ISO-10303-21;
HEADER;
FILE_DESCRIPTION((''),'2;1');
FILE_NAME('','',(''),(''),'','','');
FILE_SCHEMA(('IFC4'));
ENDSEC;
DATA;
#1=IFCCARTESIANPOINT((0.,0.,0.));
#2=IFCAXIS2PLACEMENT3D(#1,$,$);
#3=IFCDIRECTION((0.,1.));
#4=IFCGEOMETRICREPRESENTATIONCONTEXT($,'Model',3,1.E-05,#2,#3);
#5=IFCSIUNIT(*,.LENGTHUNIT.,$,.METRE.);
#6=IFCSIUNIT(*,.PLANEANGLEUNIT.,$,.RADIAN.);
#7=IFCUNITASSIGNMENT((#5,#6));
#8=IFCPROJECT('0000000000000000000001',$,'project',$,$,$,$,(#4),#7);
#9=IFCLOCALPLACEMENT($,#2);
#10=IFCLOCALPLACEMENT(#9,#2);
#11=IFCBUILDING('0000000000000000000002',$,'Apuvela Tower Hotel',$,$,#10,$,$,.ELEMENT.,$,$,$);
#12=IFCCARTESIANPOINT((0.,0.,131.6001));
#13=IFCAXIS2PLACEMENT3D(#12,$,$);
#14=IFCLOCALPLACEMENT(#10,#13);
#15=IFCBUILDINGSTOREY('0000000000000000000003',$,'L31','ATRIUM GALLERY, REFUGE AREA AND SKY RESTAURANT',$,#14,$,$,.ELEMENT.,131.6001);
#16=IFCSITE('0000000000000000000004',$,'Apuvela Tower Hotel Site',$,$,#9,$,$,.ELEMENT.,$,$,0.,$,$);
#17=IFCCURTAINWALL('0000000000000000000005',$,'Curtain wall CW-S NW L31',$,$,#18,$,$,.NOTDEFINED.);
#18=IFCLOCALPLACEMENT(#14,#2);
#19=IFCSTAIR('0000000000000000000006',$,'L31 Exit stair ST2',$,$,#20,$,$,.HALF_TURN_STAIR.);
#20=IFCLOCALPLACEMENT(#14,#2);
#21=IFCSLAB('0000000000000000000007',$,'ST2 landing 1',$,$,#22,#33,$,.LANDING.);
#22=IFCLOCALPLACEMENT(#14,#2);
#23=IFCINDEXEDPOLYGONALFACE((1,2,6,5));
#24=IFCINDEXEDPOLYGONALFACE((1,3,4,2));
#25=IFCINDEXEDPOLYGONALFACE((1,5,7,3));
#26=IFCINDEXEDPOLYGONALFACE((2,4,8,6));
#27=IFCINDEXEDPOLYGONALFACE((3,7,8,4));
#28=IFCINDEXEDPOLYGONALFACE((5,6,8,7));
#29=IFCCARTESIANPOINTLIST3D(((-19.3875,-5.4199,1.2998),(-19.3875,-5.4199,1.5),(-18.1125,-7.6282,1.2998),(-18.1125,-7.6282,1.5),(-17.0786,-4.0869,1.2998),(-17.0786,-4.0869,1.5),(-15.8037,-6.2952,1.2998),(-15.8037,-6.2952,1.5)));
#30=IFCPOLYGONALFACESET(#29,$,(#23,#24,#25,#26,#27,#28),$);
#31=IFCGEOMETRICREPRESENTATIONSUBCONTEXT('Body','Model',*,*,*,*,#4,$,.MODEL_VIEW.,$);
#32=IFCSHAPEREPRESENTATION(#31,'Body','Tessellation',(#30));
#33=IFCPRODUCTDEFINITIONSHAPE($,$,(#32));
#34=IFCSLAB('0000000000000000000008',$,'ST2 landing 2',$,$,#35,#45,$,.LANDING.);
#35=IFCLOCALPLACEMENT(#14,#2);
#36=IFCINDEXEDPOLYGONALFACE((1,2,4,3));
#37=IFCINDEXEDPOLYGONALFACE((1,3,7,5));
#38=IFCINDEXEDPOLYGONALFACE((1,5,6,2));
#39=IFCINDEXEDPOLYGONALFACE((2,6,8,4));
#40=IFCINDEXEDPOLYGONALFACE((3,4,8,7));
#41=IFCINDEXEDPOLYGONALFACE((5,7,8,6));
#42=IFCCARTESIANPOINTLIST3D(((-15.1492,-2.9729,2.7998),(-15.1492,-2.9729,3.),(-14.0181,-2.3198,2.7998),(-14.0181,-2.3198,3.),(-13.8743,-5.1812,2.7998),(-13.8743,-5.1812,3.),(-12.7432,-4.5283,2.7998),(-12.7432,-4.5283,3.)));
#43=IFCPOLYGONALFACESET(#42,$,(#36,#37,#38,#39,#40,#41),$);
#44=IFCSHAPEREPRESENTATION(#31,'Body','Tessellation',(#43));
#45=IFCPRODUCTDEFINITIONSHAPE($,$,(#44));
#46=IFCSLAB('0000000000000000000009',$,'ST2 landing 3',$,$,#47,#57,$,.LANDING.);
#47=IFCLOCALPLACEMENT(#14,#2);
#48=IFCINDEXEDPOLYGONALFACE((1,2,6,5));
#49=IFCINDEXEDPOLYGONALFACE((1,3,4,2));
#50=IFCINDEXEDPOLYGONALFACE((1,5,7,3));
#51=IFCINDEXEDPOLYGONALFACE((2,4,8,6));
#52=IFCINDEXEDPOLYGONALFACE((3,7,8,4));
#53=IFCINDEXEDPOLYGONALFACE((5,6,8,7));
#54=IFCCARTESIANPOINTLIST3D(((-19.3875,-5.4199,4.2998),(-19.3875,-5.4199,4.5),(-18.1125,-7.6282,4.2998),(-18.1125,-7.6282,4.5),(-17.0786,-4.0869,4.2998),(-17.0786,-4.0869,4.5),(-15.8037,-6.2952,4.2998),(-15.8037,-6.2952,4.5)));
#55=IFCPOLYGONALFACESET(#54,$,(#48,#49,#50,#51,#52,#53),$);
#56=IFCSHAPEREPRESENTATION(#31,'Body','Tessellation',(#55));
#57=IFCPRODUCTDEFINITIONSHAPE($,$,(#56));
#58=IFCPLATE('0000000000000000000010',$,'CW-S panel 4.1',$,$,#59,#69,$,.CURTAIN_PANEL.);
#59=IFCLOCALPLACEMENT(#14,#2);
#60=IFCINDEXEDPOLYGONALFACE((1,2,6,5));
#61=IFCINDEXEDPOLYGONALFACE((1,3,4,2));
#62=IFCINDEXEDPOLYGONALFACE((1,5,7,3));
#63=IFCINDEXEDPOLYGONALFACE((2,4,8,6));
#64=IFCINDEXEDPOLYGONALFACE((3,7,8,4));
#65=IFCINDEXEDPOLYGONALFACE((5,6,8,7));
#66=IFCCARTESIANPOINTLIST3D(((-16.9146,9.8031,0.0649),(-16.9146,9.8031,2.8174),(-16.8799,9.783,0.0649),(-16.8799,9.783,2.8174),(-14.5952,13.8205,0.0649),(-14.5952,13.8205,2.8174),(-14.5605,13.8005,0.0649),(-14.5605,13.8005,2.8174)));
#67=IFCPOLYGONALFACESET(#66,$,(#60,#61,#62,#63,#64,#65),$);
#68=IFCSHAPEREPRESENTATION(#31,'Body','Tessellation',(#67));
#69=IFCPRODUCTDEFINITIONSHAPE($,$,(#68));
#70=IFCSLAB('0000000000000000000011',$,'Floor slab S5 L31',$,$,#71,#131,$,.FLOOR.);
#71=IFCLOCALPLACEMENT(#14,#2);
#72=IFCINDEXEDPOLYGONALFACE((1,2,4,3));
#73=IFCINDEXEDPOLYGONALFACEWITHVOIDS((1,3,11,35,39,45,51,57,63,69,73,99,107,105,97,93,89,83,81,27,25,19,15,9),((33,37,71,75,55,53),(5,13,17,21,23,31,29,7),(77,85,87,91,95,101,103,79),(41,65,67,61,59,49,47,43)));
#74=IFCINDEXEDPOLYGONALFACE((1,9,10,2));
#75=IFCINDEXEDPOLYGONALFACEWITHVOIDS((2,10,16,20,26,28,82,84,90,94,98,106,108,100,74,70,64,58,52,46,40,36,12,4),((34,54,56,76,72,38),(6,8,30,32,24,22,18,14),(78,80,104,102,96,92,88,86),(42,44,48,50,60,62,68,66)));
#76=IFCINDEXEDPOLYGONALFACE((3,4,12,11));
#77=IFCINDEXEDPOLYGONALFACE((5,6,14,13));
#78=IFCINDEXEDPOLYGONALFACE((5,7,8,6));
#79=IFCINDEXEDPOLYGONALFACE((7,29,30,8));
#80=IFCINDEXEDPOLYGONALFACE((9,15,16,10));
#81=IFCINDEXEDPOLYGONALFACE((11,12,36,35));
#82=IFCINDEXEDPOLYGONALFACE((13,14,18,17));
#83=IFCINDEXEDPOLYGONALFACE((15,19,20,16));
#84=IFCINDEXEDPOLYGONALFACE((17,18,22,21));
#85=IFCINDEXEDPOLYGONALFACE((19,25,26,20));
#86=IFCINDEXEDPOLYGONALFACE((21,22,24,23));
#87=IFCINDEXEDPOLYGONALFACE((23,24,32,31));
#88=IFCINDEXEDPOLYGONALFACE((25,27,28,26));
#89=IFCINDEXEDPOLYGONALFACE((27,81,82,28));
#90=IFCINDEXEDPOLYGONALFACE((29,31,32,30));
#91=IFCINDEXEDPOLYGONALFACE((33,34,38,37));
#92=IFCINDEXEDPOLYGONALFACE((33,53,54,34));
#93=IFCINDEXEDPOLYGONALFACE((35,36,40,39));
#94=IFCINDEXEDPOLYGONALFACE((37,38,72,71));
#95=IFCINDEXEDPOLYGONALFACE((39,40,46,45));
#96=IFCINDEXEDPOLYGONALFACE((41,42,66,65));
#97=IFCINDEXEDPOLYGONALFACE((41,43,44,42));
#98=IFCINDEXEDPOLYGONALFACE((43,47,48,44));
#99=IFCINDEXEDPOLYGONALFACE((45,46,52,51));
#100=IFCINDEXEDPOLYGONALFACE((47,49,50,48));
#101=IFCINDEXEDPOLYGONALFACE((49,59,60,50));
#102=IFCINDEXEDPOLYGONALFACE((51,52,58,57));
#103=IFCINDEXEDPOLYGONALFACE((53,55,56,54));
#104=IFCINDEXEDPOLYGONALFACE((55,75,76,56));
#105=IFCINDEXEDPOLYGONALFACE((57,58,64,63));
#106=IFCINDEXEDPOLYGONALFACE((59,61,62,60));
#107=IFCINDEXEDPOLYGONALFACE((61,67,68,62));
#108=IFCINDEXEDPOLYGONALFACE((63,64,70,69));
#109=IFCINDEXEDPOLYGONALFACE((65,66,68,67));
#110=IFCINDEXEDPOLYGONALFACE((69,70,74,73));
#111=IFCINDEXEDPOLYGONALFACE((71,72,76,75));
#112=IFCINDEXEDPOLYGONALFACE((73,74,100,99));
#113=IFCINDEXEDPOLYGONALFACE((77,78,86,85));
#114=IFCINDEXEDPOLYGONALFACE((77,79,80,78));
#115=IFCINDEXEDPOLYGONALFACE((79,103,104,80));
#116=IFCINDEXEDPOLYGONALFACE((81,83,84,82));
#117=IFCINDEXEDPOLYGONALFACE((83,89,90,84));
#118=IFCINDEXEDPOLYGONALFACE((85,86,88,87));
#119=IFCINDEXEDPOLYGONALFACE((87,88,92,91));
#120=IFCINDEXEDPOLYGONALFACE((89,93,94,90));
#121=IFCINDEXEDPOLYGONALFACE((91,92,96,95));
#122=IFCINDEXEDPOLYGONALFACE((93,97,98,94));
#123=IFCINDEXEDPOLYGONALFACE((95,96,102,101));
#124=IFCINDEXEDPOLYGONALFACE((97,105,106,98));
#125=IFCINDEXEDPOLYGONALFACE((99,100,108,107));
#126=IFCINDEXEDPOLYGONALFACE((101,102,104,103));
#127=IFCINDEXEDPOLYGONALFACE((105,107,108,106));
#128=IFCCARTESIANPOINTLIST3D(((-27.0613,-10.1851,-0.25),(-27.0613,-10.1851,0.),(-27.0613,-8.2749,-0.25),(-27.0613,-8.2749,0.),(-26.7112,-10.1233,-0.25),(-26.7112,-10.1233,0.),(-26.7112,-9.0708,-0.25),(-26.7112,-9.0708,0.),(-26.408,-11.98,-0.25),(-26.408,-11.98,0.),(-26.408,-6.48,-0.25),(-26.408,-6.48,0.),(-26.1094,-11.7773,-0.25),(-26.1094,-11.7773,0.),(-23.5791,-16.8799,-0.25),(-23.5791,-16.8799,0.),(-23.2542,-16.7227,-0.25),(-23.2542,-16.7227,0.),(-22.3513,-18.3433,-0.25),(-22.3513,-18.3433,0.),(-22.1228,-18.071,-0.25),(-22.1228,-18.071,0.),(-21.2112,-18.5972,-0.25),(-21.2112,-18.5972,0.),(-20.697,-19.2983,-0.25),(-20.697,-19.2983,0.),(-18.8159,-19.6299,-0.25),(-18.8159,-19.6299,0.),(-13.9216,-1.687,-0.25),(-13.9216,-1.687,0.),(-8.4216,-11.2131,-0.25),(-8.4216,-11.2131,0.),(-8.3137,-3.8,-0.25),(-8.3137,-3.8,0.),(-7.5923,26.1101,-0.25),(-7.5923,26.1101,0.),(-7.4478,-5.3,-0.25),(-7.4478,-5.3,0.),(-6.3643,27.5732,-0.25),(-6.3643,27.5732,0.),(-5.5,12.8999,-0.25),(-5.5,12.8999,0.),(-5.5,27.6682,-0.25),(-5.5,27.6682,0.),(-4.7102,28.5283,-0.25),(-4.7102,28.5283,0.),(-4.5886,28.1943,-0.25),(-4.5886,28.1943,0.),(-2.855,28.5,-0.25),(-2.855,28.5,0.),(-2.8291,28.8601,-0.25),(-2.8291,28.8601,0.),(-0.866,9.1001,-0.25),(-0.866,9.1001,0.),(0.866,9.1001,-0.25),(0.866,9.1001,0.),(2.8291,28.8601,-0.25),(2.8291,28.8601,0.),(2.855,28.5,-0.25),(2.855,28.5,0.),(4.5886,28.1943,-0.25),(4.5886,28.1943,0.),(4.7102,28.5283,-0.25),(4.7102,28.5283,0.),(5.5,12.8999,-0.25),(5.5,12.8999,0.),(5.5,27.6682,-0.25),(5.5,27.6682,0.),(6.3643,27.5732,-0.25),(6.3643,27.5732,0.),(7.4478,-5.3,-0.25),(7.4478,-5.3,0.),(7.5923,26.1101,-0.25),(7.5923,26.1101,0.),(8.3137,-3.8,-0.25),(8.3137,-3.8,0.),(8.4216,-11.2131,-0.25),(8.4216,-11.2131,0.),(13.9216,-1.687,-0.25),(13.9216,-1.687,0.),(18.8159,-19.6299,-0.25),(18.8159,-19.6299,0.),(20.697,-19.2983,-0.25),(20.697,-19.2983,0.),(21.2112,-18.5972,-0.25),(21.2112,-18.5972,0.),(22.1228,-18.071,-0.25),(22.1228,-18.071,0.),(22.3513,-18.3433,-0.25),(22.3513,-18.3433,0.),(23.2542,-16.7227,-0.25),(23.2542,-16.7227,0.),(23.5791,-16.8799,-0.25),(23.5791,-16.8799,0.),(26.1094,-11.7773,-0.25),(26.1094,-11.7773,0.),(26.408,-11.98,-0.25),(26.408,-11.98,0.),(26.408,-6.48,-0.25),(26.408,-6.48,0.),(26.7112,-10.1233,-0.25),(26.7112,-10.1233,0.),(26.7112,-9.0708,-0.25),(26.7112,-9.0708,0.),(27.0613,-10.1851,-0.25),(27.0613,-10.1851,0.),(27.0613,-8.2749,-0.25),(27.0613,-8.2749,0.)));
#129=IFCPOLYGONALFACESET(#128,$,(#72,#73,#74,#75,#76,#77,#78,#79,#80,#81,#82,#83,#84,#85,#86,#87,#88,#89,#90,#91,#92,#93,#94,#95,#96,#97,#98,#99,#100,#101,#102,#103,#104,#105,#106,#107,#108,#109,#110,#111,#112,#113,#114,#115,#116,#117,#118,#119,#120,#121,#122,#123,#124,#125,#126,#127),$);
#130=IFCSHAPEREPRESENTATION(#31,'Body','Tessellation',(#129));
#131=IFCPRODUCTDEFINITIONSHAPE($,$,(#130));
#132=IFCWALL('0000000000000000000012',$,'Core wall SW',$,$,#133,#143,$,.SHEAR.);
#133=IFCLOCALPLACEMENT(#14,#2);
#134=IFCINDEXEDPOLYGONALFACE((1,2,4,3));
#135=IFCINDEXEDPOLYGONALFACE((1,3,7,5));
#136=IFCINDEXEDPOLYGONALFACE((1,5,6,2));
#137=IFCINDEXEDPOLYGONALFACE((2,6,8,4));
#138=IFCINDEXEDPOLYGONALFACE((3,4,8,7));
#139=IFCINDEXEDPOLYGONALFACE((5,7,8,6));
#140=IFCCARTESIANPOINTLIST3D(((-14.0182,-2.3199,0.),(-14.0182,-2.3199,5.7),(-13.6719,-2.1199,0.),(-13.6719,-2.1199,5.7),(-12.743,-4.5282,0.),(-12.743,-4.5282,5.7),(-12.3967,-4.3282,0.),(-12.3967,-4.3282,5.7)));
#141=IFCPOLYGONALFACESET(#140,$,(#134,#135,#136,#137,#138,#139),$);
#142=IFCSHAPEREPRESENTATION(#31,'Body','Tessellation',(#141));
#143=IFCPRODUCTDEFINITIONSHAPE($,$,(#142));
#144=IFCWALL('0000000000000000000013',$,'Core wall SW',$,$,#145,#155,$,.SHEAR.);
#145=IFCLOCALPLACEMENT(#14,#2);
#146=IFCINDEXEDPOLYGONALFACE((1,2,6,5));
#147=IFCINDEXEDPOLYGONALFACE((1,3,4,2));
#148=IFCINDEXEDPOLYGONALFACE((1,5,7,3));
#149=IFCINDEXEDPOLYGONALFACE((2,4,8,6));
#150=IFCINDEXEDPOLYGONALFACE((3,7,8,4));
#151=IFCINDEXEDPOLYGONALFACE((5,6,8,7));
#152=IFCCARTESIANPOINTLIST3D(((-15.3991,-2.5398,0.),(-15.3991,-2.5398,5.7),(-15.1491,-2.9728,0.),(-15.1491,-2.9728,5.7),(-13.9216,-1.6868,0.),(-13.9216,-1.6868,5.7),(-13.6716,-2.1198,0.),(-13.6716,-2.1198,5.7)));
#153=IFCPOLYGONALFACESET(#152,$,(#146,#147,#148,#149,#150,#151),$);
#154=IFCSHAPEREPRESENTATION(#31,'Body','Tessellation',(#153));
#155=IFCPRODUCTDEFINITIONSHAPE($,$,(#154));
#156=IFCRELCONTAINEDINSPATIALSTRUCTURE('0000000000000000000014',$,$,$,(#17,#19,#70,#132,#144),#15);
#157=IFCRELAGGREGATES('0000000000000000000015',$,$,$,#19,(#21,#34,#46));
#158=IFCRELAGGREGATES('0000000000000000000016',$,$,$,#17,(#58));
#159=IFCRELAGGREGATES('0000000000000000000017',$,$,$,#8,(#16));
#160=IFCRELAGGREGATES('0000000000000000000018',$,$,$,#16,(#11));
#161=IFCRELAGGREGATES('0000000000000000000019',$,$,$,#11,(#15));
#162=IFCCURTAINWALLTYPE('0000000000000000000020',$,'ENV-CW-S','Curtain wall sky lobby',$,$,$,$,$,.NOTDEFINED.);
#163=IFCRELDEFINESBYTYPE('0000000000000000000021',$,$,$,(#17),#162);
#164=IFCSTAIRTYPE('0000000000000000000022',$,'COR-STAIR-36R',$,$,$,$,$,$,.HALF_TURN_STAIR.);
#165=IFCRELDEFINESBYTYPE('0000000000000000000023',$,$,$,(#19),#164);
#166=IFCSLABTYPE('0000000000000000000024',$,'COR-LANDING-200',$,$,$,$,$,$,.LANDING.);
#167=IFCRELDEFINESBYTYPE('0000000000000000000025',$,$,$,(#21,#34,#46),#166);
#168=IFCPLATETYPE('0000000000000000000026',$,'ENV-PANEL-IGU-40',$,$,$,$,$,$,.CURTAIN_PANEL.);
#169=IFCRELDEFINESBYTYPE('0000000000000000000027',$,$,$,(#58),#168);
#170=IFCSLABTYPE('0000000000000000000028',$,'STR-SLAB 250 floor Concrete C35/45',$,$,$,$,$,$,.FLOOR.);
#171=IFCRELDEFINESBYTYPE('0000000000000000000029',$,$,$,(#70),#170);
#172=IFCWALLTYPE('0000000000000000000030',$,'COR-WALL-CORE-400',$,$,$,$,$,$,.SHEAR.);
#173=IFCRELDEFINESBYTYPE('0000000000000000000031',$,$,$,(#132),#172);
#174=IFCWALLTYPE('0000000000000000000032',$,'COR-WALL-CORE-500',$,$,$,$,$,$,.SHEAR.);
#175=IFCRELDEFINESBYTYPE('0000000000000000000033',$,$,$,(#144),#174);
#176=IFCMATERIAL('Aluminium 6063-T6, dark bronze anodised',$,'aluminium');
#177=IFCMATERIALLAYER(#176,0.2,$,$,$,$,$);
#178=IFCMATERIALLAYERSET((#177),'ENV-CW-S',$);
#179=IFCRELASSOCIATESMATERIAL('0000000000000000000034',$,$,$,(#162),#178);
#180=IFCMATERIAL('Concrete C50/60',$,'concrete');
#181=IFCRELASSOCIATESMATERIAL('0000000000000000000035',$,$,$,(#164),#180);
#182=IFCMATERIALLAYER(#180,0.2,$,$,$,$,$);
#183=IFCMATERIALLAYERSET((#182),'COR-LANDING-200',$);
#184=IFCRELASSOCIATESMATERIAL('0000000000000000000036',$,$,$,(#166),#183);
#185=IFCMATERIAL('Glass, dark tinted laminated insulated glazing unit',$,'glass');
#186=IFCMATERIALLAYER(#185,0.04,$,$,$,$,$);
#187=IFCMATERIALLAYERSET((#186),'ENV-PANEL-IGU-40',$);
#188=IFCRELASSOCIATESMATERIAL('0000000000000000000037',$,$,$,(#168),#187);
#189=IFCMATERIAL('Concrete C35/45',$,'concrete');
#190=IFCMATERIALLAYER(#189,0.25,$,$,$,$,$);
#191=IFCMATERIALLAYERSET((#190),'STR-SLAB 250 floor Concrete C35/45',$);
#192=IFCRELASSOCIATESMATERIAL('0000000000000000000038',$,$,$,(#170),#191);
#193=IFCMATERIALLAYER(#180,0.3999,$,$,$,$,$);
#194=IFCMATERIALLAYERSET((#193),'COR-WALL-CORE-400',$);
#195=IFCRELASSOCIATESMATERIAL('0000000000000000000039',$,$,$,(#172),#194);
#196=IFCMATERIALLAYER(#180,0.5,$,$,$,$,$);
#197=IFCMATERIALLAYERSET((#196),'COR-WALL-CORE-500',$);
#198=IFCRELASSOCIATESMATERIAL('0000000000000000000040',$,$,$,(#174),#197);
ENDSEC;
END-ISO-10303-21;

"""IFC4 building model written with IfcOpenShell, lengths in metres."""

from ifc_helpers import new_model, si_unit, direction, frame, frame_2d, origin, origin_2d, place, context, subcontext, project, spatial, polyline, rectangle, outline, extrude, material, layer, layer_set, type_object, element, aggregate, save


model = new_model("IFC4")

# Units and contexts
model_context = context("Model", 3, precision=1e-05, world=origin(), true_north=direction((0.0, 1.0)))
body_context = subcontext(model_context, "Body", "Model", "MODEL_VIEW")
ifc_project = project(units=[si_unit("LENGTHUNIT", "METRE"), si_unit("PLANEANGLEUNIT", "RADIAN")], contexts=[model_context])

# Site, building, storey
site_placement = place(None, origin())
site = spatial("IfcSite", under=ifc_project, at=site_placement, Name="Apuvela Tower Hotel Site", CompositionType="ELEMENT", RefElevation=0.0)
building_placement = place(site_placement, origin())
building = spatial("IfcBuilding", under=site, at=building_placement, Name="Apuvela Tower Hotel", CompositionType="ELEMENT")
storey_placement = place(building_placement, frame((0.0, 0.0, 131.6001)))
storey = spatial("IfcBuildingStorey", under=building, at=storey_placement, Name="L31", Description="ATRIUM GALLERY, REFUGE AREA AND SKY RESTAURANT", CompositionType="ELEMENT", Elevation=131.6001)

# Curtain wall
ifc_material_1 = material(Name="Aluminium 6063-T6, dark bronze anodised", Category="aluminium")
ifc_layer_1 = layer(ifc_material_1, 0.2)
ifc_layer_set_1 = layer_set([ifc_layer_1], Name="ENV-CW-S")
curtain_wall_type = type_object("IfcCurtainWallType", Name="ENV-CW-S", Description="Curtain wall sky lobby", PredefinedType="NOTDEFINED", material=ifc_layer_set_1)
curtain_wall_placement = place(storey_placement, origin())
curtain_wall = element("IfcCurtainWall", 1, at=curtain_wall_placement, inside=storey, type_object=curtain_wall_type, Name="Curtain wall CW-S NW L31", PredefinedType="NOTDEFINED")

# Shared definitions
ifc_material_2 = material(Name="Concrete C50/60", Category="concrete")

# Stair, slabs
stair_type = type_object("IfcStairType", Name="COR-STAIR-36R", PredefinedType="HALF_TURN_STAIR", material=ifc_material_2)
ifc_layer_2 = layer(ifc_material_2, 0.2)
ifc_layer_set_2 = layer_set([ifc_layer_2], Name="COR-LANDING-200")
slab_type_1 = type_object("IfcSlabType", Name="COR-LANDING-200", PredefinedType="LANDING", material=ifc_layer_set_2)
stair_1_placement = place(storey_placement, origin())
stair_1 = element("IfcStair", 2, at=stair_1_placement, inside=storey, type_object=stair_type, Name="L31 Exit stair ST2", PredefinedType="HALF_TURN_STAIR")
slab_1_placement = place(storey_placement, frame((0.0, 0.0, 1.2998)))
slab_1 = element("IfcSlab", 3, at=slab_1_placement, type_object=slab_type_1, Name="ST2 landing 1", PredefinedType="LANDING", context=body_context, shape_type="SweptSolid", body=[
    extrude(outline(polyline([(-17.0786, -4.0869), (-19.3875, -5.4199), (-18.1125, -7.6282), (-15.8037, -6.2952), (-17.0786, -4.0869)])), origin(), (0.0, 0.0, 1.0), 0.2002),
])
slab_2_placement = place(storey_placement, frame((0.0, 0.0, 2.7998)))
slab_2 = element("IfcSlab", 4, at=slab_2_placement, type_object=slab_type_1, Name="ST2 landing 2", PredefinedType="LANDING", context=body_context, shape_type="SweptSolid", body=[
    extrude(outline(polyline([(-14.0181, -2.3198), (-15.1492, -2.9729), (-13.8743, -5.1812), (-12.7432, -4.5283), (-14.0181, -2.3198)])), origin(), (0.0, 0.0, 1.0), 0.2002),
])
slab_3_placement = place(storey_placement, frame((0.0, 0.0, 4.2998)))
slab_3 = element("IfcSlab", 5, at=slab_3_placement, type_object=slab_type_1, Name="ST2 landing 3", PredefinedType="LANDING", context=body_context, shape_type="SweptSolid", body=[
    extrude(outline(polyline([(-17.0786, -4.0869), (-19.3875, -5.4199), (-18.1125, -7.6282), (-15.8037, -6.2952), (-17.0786, -4.0869)])), origin(), (0.0, 0.0, 1.0), 0.2002),
])
aggregate(stair_1, [slab_1, slab_2, slab_3])

# Plate
ifc_material_3 = material(Name="Glass, dark tinted laminated insulated glazing unit", Category="glass")
ifc_layer_3 = layer(ifc_material_3, 0.04)
ifc_layer_set_3 = layer_set([ifc_layer_3], Name="ENV-PANEL-IGU-40")
plate_type = type_object("IfcPlateType", Name="ENV-PANEL-IGU-40", PredefinedType="CURTAIN_PANEL", material=ifc_layer_set_3)
plate_placement = place(storey_placement, frame((-15.7375, 11.8018, 0.0649), z_axis=(0.0, 0.0, 1.0), x_axis=(-0.499999, -0.866026, 0.0)))
plate = element("IfcPlate", 6, at=plate_placement, type_object=plate_type, Name="CW-S panel 4.1", PredefinedType="CURTAIN_PANEL", context=body_context, shape_type="SweptSolid", body=[
    extrude(rectangle(XDim=4.6389, YDim=0.04, at=origin_2d()), origin(), (0.0, 0.0, 1.0), 2.7524),
])
aggregate(curtain_wall, [plate])

# Slab
ifc_material_4 = material(Name="Concrete C35/45", Category="concrete")
ifc_layer_4 = layer(ifc_material_4, 0.25)
ifc_layer_set_4 = layer_set([ifc_layer_4], Name="STR-SLAB 250 floor Concrete C35/45")
slab_type_2 = type_object("IfcSlabType", Name="STR-SLAB 250 floor Concrete C35/45", PredefinedType="FLOOR", material=ifc_layer_set_4)
slab_4_placement = place(storey_placement, frame((0.0, 0.0, -0.25)))
element("IfcSlab", 7, at=slab_4_placement, inside=storey, type_object=slab_type_2, Name="Floor slab S5 L31", PredefinedType="FLOOR", context=body_context, shape_type="SweptSolid", body=[
    extrude(outline(polyline([(7.5923, 26.1101), (6.3643, 27.5732), (4.7102, 28.5283), (2.8291, 28.8601), (-2.8291, 28.8601), (-4.7102, 28.5283), (-6.3643, 27.5732), (-7.5923, 26.1101), (-26.408, -6.48), (-27.0613, -8.2749), (-27.0613, -10.1851), (-26.408, -11.98), (-23.5791, -16.8799), (-22.3513, -18.3433), (-20.697, -19.2983), (-18.8159, -19.6299), (18.8159, -19.6299), (20.697, -19.2983), (22.3513, -18.3433), (23.5791, -16.8799), (26.408, -11.98), (27.0613, -10.1851), (27.0613, -8.2749), (26.408, -6.48), (7.5923, 26.1101)]), holes=[polyline([(0.866, 9.1001), (-0.866, 9.1001), (-8.3137, -3.8), (-7.4478, -5.3), (7.4478, -5.3), (8.3137, -3.8), (0.866, 9.1001)]), polyline([(-5.5, 12.8999), (-5.5, 27.6682), (-4.5886, 28.1943), (-2.855, 28.5), (2.855, 28.5), (4.5886, 28.1943), (5.5, 27.6682), (5.5, 12.8999), (-5.5, 12.8999)]), polyline([(-8.4216, -11.2131), (-21.2112, -18.5972), (-22.1228, -18.071), (-23.2542, -16.7227), (-26.1094, -11.7773), (-26.7112, -10.1233), (-26.7112, -9.0708), (-13.9216, -1.687), (-8.4216, -11.2131)]), polyline([(13.9216, -1.687), (26.7112, -9.0708), (26.7112, -10.1233), (26.1094, -11.7773), (23.2542, -16.7227), (22.1228, -18.071), (21.2112, -18.5972), (8.4216, -11.2131), (13.9216, -1.687)])]), origin(), (0.0, 0.0, 1.0), 0.25),
])

# Walls
ifc_layer_5 = layer(ifc_material_2, 0.3999)
ifc_layer_set_5 = layer_set([ifc_layer_5], Name="COR-WALL-CORE-400")
wall_type_1 = type_object("IfcWallType", Name="COR-WALL-CORE-400", PredefinedType="SHEAR", material=ifc_layer_set_5)
wall_1_placement = place(storey_placement, frame((-13.845, -2.22, 0.0), z_axis=(0.0, 0.0, 1.0), x_axis=(0.500062, -0.865989, 0.0)))
element("IfcWall", 8, at=wall_1_placement, inside=storey, type_object=wall_type_1, Name="Core wall SW", PredefinedType="SHEAR", context=body_context, shape_type="SweptSolid", body=[
    extrude(rectangle(XDim=2.55, YDim=0.3999, at=frame_2d((1.2749, 0.0))), origin(), (0.0, 0.0, 1.0), 5.7),
])
ifc_layer_6 = layer(ifc_material_2, 0.5)
ifc_layer_set_6 = layer_set([ifc_layer_6], Name="COR-WALL-CORE-500")
wall_type_2 = type_object("IfcWallType", Name="COR-WALL-CORE-500", PredefinedType="SHEAR", material=ifc_layer_set_6)
wall_2_placement = place(storey_placement, frame((-13.7966, -1.9033, 0.0), z_axis=(0.0, 0.0, 1.0), x_axis=(-0.866033, -0.499987, 0.0)))
element("IfcWall", 9, at=wall_2_placement, inside=storey, type_object=wall_type_2, Name="Core wall SW", PredefinedType="SHEAR", context=body_context, shape_type="SweptSolid", body=[
    extrude(rectangle(XDim=1.7061, YDim=0.5, at=frame_2d((0.853, 0.0))), origin(), (0.0, 0.0, 1.0), 5.7),
])

save(model, "model.ifc")
